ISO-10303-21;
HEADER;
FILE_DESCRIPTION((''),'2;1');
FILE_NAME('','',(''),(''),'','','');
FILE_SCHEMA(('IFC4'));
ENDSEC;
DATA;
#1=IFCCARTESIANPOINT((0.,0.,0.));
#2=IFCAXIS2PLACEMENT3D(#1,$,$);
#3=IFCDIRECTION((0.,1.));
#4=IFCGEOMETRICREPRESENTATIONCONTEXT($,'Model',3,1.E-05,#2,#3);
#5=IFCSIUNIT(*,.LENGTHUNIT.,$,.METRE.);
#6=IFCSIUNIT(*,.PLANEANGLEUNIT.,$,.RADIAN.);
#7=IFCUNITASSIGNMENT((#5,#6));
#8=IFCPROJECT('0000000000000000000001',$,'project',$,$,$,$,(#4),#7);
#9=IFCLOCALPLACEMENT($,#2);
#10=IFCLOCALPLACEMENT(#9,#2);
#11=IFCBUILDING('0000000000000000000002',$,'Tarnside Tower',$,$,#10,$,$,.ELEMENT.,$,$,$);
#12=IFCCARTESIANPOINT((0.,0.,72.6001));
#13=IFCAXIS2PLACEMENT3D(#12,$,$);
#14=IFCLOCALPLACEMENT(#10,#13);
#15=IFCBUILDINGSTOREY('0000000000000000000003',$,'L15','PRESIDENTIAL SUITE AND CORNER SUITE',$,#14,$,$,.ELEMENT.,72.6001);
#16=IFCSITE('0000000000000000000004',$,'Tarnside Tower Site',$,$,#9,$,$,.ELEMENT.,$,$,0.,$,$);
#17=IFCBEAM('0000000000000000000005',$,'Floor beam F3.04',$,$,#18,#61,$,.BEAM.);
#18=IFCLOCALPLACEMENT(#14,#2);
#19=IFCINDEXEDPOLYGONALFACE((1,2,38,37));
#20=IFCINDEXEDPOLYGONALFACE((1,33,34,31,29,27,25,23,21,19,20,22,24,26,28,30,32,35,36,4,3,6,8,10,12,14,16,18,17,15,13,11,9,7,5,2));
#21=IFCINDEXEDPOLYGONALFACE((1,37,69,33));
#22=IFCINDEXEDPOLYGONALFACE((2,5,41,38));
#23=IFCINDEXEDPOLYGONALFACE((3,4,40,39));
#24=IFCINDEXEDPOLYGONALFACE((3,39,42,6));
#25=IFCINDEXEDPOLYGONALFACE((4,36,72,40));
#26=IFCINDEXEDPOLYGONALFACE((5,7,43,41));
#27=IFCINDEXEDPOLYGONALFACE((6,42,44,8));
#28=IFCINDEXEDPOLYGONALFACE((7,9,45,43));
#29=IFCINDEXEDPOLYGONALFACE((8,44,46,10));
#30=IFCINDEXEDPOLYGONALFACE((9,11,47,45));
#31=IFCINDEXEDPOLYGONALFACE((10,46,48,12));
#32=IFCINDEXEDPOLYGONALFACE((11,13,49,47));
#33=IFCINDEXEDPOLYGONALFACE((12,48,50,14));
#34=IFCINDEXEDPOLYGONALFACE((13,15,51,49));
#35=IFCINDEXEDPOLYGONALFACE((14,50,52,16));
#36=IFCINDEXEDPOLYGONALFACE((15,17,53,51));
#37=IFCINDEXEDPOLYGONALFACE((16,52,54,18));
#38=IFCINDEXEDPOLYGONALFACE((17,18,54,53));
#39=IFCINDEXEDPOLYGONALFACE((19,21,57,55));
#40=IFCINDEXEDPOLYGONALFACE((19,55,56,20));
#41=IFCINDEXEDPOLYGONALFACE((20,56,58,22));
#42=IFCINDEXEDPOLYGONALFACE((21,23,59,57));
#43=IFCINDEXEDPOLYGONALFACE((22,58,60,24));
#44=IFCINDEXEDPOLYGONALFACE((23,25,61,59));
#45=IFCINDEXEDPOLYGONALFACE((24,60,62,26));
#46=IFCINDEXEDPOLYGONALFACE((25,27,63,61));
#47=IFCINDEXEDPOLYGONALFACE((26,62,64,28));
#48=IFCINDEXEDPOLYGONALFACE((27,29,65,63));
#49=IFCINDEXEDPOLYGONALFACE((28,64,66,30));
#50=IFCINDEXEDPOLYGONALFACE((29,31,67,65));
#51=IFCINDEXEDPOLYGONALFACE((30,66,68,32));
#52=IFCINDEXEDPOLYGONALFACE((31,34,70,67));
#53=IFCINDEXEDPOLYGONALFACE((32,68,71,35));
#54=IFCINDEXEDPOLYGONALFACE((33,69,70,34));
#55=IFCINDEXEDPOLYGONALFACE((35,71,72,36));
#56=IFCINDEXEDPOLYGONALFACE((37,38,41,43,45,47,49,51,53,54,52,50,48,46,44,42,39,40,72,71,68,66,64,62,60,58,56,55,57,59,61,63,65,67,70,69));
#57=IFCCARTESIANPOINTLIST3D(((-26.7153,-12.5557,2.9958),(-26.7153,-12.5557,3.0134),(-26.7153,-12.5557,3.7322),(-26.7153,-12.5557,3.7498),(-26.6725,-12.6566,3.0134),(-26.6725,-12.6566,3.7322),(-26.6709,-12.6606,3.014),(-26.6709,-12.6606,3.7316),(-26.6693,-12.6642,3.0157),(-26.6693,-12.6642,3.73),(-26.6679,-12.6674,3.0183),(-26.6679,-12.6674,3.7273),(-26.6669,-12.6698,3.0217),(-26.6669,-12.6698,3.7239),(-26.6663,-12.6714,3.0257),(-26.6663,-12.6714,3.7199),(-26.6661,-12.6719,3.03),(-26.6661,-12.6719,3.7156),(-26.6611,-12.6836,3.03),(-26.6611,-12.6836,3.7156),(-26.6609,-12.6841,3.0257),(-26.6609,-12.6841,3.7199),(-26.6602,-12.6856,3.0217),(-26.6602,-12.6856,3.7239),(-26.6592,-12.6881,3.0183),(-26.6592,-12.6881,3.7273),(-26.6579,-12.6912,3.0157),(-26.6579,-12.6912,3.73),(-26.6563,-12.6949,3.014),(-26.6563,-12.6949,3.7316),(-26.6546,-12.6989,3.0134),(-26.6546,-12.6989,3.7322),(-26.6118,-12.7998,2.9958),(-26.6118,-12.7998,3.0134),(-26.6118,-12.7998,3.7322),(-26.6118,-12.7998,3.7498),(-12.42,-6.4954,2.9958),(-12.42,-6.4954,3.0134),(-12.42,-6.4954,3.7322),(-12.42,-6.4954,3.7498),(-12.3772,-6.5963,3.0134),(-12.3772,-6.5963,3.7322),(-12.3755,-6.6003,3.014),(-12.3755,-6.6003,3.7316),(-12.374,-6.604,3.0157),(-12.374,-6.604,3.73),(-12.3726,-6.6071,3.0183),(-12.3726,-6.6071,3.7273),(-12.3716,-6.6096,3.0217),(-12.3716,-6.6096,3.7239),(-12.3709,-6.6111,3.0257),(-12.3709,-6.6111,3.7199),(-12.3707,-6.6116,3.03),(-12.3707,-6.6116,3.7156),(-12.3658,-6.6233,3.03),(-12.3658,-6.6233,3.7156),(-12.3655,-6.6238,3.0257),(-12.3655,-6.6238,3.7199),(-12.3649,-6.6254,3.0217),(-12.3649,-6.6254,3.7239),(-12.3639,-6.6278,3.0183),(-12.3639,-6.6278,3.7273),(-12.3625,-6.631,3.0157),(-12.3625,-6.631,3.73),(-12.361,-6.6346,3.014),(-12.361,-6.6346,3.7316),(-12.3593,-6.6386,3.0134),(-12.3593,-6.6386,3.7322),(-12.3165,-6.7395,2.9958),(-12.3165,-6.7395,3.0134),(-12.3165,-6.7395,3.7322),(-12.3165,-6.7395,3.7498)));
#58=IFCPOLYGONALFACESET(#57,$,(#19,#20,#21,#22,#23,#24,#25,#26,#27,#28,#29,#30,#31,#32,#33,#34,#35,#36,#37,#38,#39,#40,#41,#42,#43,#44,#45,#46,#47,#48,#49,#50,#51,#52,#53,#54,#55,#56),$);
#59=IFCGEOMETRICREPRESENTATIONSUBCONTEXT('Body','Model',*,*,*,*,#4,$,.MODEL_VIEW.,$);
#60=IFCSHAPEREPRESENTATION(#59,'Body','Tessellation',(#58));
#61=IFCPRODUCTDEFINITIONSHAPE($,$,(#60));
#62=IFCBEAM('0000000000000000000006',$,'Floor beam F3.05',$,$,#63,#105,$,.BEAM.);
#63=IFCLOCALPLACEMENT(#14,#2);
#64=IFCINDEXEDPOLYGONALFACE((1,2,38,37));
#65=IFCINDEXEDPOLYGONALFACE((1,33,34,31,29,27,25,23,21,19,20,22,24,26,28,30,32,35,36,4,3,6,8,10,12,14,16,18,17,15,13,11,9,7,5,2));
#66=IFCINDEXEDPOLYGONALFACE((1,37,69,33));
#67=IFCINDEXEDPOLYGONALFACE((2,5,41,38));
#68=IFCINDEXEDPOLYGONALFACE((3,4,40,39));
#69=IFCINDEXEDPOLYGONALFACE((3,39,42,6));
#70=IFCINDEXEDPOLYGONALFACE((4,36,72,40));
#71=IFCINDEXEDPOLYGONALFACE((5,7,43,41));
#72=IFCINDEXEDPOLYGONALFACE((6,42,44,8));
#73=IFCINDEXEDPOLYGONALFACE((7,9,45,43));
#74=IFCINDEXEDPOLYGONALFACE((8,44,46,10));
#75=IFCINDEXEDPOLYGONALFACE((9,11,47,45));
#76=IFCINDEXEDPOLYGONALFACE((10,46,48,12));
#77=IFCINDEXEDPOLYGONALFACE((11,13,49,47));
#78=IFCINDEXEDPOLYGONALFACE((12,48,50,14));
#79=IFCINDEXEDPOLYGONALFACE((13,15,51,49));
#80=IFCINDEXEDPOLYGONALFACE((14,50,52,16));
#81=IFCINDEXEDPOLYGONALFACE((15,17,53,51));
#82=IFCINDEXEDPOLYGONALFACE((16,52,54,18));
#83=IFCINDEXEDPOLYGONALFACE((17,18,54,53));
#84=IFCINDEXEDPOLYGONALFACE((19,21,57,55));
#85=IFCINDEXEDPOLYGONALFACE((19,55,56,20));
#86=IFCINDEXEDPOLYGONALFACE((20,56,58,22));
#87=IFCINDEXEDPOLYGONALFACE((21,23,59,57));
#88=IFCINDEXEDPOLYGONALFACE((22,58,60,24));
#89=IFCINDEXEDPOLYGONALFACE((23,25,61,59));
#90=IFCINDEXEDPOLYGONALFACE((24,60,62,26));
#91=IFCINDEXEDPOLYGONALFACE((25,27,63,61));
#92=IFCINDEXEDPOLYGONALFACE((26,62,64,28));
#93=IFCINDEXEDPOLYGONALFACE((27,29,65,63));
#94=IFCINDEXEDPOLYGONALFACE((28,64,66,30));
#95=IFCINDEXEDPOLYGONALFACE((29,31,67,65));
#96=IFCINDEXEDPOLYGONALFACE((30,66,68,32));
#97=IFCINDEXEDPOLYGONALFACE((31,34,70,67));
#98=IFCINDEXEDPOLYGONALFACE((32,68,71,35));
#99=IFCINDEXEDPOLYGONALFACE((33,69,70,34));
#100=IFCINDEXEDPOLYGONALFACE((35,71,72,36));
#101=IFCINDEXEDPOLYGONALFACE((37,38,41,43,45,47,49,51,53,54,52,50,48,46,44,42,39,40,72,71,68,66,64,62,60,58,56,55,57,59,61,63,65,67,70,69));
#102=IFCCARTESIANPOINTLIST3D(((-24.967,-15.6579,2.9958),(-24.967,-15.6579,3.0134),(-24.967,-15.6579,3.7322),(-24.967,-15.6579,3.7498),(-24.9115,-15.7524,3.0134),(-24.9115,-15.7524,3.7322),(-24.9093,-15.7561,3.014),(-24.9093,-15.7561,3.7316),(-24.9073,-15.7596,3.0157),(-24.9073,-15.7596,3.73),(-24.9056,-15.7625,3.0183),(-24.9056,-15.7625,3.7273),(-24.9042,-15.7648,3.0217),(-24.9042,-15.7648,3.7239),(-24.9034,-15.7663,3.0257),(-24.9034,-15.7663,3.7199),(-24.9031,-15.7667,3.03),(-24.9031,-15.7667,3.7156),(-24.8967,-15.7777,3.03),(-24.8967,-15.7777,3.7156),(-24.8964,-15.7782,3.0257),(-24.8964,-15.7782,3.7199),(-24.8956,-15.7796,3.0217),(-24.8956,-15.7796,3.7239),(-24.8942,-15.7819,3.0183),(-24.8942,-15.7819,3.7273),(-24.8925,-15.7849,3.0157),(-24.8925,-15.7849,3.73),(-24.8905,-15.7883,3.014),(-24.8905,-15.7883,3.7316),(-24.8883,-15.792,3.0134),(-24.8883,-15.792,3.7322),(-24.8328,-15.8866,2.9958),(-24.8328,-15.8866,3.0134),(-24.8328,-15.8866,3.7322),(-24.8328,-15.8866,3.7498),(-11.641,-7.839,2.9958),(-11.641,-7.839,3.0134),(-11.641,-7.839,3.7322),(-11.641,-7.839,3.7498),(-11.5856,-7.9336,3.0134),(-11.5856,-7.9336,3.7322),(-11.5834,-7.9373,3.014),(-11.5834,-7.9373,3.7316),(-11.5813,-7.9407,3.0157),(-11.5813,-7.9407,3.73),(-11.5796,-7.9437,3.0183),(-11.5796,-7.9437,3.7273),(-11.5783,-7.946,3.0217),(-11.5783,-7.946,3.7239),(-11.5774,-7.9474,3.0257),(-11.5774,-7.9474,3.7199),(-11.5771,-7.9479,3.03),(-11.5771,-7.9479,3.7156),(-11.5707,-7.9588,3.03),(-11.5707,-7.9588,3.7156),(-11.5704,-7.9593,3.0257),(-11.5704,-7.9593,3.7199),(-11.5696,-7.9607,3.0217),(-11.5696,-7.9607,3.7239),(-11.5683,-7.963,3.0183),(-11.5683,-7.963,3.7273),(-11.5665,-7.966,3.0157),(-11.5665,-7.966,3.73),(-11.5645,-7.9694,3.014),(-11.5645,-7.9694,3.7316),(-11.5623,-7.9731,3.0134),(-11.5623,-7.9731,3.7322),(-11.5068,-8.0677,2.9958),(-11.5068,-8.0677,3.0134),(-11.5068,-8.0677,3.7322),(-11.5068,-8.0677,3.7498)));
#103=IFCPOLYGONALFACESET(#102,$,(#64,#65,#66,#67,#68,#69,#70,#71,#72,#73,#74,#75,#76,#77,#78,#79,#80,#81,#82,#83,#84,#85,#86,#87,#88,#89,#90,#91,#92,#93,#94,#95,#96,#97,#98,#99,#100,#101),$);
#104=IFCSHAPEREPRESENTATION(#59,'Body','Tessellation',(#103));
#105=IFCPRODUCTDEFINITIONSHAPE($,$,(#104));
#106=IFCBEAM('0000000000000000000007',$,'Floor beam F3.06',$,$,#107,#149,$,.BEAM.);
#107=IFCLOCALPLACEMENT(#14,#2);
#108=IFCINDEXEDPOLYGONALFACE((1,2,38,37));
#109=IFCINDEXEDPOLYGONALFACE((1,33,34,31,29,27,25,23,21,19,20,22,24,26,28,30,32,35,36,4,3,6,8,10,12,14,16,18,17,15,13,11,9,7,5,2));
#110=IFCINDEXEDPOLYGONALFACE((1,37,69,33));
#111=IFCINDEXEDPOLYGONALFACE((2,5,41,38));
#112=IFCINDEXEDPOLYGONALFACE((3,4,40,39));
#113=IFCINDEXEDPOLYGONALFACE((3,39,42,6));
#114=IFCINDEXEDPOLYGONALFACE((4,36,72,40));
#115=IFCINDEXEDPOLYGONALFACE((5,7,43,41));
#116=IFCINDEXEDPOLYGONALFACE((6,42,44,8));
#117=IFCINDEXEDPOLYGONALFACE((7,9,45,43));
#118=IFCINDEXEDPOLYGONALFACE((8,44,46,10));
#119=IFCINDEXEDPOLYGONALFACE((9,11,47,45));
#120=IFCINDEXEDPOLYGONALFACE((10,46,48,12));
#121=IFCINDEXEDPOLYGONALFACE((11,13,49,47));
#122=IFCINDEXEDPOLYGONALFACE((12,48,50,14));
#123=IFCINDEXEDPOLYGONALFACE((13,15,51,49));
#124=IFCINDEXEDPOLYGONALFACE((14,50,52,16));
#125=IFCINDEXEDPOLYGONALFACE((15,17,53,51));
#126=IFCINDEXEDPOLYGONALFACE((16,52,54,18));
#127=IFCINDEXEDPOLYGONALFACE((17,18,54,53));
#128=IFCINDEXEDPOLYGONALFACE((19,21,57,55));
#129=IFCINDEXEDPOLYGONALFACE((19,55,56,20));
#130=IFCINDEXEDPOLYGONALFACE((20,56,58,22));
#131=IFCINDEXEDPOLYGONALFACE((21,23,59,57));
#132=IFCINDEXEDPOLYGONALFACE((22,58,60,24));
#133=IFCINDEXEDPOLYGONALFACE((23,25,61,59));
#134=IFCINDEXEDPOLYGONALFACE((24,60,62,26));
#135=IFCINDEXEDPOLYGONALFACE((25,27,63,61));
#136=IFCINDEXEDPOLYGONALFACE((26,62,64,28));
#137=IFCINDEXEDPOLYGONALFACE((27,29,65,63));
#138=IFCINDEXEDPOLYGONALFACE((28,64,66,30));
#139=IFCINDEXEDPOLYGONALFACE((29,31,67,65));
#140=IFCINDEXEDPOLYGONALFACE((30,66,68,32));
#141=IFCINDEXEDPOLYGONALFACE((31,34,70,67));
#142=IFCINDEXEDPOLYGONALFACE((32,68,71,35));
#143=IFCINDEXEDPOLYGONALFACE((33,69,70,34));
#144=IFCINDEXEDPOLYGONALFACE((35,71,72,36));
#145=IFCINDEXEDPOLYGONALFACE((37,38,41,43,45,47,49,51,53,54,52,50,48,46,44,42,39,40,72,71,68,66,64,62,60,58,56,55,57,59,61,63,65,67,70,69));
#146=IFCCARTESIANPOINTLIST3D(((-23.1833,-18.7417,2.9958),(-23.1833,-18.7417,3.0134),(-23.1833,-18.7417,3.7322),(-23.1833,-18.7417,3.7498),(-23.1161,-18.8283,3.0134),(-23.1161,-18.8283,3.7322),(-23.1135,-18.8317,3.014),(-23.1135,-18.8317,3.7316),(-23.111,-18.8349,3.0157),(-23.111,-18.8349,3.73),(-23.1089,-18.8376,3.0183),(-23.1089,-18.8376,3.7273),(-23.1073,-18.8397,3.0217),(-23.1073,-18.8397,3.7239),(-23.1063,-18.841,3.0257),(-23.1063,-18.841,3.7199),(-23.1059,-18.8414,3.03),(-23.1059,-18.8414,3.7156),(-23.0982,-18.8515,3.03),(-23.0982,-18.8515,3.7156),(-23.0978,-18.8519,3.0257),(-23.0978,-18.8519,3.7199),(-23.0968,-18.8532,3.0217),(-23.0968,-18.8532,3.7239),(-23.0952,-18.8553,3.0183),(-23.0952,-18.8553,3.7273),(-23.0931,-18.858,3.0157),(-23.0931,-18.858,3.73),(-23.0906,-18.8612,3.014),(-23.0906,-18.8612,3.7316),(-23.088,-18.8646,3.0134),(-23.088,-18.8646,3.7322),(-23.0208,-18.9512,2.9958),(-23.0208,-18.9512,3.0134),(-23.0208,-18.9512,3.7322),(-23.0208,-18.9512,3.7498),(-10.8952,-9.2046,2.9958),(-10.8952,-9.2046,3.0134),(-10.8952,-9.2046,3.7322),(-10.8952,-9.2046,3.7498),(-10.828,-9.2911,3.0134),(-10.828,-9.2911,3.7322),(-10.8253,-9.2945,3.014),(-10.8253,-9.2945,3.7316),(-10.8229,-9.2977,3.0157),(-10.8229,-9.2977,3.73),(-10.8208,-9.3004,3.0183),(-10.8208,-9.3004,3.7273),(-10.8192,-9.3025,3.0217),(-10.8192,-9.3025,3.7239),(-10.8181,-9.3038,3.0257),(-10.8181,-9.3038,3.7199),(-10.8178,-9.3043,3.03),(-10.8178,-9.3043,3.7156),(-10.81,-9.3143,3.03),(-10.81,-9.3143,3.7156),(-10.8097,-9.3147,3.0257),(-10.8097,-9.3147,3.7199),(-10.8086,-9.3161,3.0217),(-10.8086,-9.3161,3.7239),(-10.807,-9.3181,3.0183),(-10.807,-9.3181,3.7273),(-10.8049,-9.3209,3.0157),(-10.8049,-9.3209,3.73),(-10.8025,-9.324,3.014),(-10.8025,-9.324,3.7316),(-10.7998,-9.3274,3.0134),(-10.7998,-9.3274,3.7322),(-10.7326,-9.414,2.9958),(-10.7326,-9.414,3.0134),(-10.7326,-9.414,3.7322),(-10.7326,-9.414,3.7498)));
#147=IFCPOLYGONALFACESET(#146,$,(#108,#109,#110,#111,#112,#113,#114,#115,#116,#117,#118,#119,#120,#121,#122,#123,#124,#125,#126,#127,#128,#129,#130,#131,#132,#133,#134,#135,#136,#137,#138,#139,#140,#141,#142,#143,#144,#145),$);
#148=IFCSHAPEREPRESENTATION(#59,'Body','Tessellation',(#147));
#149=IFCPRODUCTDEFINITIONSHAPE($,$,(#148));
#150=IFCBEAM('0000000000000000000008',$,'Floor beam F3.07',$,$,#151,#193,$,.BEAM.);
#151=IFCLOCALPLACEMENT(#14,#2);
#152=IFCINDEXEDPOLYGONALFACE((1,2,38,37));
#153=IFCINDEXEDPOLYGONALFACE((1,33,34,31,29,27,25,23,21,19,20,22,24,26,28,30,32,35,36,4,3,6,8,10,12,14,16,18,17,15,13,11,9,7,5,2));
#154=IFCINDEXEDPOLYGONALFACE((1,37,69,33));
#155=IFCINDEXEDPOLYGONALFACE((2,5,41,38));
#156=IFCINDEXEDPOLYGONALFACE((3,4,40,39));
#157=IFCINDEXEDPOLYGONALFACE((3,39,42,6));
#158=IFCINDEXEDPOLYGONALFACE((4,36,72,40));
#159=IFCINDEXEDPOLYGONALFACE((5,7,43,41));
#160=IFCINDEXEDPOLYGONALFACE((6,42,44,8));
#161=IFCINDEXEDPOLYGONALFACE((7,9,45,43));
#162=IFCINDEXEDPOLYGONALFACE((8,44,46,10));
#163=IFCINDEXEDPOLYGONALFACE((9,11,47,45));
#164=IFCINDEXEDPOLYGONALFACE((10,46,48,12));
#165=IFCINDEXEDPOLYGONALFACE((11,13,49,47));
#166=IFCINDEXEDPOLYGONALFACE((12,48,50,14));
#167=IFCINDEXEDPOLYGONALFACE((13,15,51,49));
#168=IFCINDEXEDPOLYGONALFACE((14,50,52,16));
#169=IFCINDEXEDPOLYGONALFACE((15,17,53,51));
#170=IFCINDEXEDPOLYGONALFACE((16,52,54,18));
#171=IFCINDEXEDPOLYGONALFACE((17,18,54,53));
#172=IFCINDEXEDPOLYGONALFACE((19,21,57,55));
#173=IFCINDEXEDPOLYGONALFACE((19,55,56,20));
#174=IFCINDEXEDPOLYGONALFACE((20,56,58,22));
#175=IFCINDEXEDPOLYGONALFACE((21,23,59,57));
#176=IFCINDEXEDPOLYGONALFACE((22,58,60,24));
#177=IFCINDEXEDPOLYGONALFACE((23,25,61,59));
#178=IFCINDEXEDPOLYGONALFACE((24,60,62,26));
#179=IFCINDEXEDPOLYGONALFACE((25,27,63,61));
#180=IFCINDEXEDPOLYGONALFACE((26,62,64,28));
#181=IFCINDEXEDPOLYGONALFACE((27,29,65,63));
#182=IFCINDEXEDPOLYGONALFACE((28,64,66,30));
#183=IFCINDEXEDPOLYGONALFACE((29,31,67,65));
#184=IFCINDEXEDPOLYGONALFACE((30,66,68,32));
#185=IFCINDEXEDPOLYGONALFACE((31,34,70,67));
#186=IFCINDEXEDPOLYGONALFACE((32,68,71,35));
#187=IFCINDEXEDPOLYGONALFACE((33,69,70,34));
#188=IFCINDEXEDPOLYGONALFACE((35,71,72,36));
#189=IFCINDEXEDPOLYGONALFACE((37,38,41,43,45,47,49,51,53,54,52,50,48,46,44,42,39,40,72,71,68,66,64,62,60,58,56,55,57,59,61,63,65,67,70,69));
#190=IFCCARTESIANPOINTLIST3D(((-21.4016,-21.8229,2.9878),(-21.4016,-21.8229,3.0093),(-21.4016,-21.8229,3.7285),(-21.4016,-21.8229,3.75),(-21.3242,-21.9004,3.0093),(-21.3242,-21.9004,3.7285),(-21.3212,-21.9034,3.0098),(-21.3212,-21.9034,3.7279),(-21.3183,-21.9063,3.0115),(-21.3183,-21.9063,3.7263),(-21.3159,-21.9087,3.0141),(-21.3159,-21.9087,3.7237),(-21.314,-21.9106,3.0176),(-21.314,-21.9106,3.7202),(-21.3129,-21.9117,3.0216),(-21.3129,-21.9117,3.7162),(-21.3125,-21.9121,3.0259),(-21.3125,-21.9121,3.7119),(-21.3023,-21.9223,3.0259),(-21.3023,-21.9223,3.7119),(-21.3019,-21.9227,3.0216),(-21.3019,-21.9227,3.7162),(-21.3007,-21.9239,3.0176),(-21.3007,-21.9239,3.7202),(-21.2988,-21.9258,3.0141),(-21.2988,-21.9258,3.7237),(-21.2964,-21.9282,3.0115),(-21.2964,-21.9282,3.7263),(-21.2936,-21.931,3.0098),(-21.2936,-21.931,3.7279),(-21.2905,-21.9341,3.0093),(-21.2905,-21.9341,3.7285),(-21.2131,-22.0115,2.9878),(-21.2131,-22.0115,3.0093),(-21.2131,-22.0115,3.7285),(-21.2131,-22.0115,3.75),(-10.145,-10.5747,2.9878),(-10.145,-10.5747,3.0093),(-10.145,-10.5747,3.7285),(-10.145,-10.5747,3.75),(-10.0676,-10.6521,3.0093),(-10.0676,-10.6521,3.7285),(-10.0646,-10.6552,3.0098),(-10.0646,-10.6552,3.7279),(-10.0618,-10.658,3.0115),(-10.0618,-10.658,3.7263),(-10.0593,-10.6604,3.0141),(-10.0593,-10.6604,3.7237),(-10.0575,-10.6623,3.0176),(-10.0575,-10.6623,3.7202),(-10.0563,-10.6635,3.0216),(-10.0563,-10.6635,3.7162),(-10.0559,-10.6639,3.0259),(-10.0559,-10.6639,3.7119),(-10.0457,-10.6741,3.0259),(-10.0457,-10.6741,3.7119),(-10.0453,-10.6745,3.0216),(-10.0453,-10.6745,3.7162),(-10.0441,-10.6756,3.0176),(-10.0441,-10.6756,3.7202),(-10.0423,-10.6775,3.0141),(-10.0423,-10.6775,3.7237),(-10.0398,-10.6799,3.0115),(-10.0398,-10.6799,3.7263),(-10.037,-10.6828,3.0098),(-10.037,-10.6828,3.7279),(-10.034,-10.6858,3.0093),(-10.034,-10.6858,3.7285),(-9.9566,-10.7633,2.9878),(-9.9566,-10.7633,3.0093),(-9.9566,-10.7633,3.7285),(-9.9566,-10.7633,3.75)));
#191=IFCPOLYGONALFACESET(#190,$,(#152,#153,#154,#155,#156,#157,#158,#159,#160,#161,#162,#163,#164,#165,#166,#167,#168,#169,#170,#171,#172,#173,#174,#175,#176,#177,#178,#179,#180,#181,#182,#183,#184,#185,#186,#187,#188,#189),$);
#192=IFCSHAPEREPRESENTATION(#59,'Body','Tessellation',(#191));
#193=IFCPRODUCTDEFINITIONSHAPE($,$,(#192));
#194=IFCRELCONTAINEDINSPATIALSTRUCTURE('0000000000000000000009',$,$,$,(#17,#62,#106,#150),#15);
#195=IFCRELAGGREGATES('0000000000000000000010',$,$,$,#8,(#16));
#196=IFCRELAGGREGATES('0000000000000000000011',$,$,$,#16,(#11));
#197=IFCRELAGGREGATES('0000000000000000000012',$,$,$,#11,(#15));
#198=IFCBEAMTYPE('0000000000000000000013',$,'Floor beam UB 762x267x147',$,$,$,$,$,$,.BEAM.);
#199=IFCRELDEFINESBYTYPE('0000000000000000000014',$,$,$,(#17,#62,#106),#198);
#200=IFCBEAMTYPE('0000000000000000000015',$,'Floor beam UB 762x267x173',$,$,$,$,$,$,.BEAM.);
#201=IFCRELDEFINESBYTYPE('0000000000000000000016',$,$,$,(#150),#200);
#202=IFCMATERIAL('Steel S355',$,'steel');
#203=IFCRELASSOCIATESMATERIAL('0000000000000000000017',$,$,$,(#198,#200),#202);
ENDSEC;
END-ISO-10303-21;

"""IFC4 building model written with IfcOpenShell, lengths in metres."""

from ifc_helpers import new_model, si_unit, direction, frame, origin, origin_2d, place, context, subcontext, project, spatial, i_section, extrude, material, material_profile, profile_set, type_object, element, save


model = new_model("IFC4")

# Units and contexts
model_context = context("Model", 3, precision=1e-05, world=origin(), true_north=direction((0.0, 1.0)))
body_context = subcontext(model_context, "Body", "Model", "MODEL_VIEW")
ifc_project = project(units=[si_unit("LENGTHUNIT", "METRE"), si_unit("PLANEANGLEUNIT", "RADIAN")], contexts=[model_context])

# Site, building, storey
site_placement = place(None, origin())
site = spatial("IfcSite", under=ifc_project, at=site_placement, Name="Tarnside Tower Site", CompositionType="ELEMENT", RefElevation=0.0)
building_placement = place(site_placement, origin())
building = spatial("IfcBuilding", under=site, at=building_placement, Name="Tarnside Tower", CompositionType="ELEMENT")
storey_placement = place(building_placement, frame((0.0, 0.0, 72.6001)))
storey = spatial("IfcBuildingStorey", under=building, at=storey_placement, Name="L15", Description="PRESIDENTIAL SUITE AND CORNER SUITE", CompositionType="ELEMENT", Elevation=72.6001)

# Beams
ifc_material_1 = material(Name="Steel S355", Category="steel")
ifc_material_profile_1 = material_profile(ifc_material_1, i_section(OverallWidth=0.2651, OverallDepth=0.7539, WebThickness=0.0127, FlangeThickness=0.0176, FilletRadius=0.0166, at=origin_2d()), Name="UB 762x267x147")
ifc_profile_set_1 = profile_set([ifc_material_profile_1], Name="Steel S355")
beam_type_1 = type_object("IfcBeamType", Name="Floor beam UB 762x267x147", PredefinedType="BEAM", material=ifc_profile_set_1)
beam_1_placement = place(storey_placement, frame((-26.6636, -12.6777, 3.3728), z_axis=(0.920684, 0.390309, 0.0), x_axis=(-0.390309, 0.920684, 0.0)))
element("IfcBeam", 1, at=beam_1_placement, inside=storey, type_object=beam_type_1, Name="Floor beam F3.04", PredefinedType="BEAM", context=body_context, shape_type="SweptSolid", body=[
    extrude(i_section(OverallWidth=0.2651, OverallDepth=0.7539, WebThickness=0.0127, FlangeThickness=0.0176, FilletRadius=0.0166, at=origin_2d()), origin(), (0.0, 0.0, 1.0), 15.5269),
])
beam_2_placement = place(storey_placement, frame((-24.8999, -15.7722, 3.3728), z_axis=(0.862498, 0.506061, 0.0), x_axis=(-0.506061, 0.862498, 0.0)))
element("IfcBeam", 2, at=beam_2_placement, inside=storey, type_object=beam_type_1, Name="Floor beam F3.05", PredefinedType="BEAM", context=body_context, shape_type="SweptSolid", body=[
    extrude(i_section(OverallWidth=0.2651, OverallDepth=0.7539, WebThickness=0.0127, FlangeThickness=0.0176, FilletRadius=0.0166, at=origin_2d()), origin(), (0.0, 0.0, 1.0), 15.4504),
])
beam_3_placement = place(storey_placement, frame((-23.1021, -18.8464, 3.3728), z_axis=(0.789984, 0.613128, 0.0), x_axis=(-0.613128, 0.789984, 0.0)))
element("IfcBeam", 3, at=beam_3_placement, inside=storey, type_object=beam_type_1, Name="Floor beam F3.06", PredefinedType="BEAM", context=body_context, shape_type="SweptSolid", body=[
    extrude(i_section(OverallWidth=0.2651, OverallDepth=0.7539, WebThickness=0.0127, FlangeThickness=0.0176, FilletRadius=0.0166, at=origin_2d()), origin(), (0.0, 0.0, 1.0), 15.5549),
])
ifc_material_profile_2 = material_profile(ifc_material_1, i_section(OverallWidth=0.2666, OverallDepth=0.7622, WebThickness=0.0144, FlangeThickness=0.0215, FilletRadius=0.0166, at=origin_2d()), Name="UB 762x267x173")
ifc_profile_set_2 = profile_set([ifc_material_profile_2], Name="Steel S355")
beam_type_2 = type_object("IfcBeamType", Name="Floor beam UB 762x267x173", PredefinedType="BEAM", material=ifc_profile_set_2)
beam_4_placement = place(storey_placement, frame((-21.3074, -21.9172, 3.3689), z_axis=(0.707368, 0.706846, 0.0), x_axis=(-0.706846, 0.707368, 0.0)))
element("IfcBeam", 4, at=beam_4_placement, inside=storey, type_object=beam_type_2, Name="Floor beam F3.07", PredefinedType="BEAM", context=body_context, shape_type="SweptSolid", body=[
    extrude(i_section(OverallWidth=0.2666, OverallDepth=0.7622, WebThickness=0.0144, FlangeThickness=0.0215, FilletRadius=0.0166, at=origin_2d()), origin(), (0.0, 0.0, 1.0), 15.9133),
])

save(model, "model.ifc")
